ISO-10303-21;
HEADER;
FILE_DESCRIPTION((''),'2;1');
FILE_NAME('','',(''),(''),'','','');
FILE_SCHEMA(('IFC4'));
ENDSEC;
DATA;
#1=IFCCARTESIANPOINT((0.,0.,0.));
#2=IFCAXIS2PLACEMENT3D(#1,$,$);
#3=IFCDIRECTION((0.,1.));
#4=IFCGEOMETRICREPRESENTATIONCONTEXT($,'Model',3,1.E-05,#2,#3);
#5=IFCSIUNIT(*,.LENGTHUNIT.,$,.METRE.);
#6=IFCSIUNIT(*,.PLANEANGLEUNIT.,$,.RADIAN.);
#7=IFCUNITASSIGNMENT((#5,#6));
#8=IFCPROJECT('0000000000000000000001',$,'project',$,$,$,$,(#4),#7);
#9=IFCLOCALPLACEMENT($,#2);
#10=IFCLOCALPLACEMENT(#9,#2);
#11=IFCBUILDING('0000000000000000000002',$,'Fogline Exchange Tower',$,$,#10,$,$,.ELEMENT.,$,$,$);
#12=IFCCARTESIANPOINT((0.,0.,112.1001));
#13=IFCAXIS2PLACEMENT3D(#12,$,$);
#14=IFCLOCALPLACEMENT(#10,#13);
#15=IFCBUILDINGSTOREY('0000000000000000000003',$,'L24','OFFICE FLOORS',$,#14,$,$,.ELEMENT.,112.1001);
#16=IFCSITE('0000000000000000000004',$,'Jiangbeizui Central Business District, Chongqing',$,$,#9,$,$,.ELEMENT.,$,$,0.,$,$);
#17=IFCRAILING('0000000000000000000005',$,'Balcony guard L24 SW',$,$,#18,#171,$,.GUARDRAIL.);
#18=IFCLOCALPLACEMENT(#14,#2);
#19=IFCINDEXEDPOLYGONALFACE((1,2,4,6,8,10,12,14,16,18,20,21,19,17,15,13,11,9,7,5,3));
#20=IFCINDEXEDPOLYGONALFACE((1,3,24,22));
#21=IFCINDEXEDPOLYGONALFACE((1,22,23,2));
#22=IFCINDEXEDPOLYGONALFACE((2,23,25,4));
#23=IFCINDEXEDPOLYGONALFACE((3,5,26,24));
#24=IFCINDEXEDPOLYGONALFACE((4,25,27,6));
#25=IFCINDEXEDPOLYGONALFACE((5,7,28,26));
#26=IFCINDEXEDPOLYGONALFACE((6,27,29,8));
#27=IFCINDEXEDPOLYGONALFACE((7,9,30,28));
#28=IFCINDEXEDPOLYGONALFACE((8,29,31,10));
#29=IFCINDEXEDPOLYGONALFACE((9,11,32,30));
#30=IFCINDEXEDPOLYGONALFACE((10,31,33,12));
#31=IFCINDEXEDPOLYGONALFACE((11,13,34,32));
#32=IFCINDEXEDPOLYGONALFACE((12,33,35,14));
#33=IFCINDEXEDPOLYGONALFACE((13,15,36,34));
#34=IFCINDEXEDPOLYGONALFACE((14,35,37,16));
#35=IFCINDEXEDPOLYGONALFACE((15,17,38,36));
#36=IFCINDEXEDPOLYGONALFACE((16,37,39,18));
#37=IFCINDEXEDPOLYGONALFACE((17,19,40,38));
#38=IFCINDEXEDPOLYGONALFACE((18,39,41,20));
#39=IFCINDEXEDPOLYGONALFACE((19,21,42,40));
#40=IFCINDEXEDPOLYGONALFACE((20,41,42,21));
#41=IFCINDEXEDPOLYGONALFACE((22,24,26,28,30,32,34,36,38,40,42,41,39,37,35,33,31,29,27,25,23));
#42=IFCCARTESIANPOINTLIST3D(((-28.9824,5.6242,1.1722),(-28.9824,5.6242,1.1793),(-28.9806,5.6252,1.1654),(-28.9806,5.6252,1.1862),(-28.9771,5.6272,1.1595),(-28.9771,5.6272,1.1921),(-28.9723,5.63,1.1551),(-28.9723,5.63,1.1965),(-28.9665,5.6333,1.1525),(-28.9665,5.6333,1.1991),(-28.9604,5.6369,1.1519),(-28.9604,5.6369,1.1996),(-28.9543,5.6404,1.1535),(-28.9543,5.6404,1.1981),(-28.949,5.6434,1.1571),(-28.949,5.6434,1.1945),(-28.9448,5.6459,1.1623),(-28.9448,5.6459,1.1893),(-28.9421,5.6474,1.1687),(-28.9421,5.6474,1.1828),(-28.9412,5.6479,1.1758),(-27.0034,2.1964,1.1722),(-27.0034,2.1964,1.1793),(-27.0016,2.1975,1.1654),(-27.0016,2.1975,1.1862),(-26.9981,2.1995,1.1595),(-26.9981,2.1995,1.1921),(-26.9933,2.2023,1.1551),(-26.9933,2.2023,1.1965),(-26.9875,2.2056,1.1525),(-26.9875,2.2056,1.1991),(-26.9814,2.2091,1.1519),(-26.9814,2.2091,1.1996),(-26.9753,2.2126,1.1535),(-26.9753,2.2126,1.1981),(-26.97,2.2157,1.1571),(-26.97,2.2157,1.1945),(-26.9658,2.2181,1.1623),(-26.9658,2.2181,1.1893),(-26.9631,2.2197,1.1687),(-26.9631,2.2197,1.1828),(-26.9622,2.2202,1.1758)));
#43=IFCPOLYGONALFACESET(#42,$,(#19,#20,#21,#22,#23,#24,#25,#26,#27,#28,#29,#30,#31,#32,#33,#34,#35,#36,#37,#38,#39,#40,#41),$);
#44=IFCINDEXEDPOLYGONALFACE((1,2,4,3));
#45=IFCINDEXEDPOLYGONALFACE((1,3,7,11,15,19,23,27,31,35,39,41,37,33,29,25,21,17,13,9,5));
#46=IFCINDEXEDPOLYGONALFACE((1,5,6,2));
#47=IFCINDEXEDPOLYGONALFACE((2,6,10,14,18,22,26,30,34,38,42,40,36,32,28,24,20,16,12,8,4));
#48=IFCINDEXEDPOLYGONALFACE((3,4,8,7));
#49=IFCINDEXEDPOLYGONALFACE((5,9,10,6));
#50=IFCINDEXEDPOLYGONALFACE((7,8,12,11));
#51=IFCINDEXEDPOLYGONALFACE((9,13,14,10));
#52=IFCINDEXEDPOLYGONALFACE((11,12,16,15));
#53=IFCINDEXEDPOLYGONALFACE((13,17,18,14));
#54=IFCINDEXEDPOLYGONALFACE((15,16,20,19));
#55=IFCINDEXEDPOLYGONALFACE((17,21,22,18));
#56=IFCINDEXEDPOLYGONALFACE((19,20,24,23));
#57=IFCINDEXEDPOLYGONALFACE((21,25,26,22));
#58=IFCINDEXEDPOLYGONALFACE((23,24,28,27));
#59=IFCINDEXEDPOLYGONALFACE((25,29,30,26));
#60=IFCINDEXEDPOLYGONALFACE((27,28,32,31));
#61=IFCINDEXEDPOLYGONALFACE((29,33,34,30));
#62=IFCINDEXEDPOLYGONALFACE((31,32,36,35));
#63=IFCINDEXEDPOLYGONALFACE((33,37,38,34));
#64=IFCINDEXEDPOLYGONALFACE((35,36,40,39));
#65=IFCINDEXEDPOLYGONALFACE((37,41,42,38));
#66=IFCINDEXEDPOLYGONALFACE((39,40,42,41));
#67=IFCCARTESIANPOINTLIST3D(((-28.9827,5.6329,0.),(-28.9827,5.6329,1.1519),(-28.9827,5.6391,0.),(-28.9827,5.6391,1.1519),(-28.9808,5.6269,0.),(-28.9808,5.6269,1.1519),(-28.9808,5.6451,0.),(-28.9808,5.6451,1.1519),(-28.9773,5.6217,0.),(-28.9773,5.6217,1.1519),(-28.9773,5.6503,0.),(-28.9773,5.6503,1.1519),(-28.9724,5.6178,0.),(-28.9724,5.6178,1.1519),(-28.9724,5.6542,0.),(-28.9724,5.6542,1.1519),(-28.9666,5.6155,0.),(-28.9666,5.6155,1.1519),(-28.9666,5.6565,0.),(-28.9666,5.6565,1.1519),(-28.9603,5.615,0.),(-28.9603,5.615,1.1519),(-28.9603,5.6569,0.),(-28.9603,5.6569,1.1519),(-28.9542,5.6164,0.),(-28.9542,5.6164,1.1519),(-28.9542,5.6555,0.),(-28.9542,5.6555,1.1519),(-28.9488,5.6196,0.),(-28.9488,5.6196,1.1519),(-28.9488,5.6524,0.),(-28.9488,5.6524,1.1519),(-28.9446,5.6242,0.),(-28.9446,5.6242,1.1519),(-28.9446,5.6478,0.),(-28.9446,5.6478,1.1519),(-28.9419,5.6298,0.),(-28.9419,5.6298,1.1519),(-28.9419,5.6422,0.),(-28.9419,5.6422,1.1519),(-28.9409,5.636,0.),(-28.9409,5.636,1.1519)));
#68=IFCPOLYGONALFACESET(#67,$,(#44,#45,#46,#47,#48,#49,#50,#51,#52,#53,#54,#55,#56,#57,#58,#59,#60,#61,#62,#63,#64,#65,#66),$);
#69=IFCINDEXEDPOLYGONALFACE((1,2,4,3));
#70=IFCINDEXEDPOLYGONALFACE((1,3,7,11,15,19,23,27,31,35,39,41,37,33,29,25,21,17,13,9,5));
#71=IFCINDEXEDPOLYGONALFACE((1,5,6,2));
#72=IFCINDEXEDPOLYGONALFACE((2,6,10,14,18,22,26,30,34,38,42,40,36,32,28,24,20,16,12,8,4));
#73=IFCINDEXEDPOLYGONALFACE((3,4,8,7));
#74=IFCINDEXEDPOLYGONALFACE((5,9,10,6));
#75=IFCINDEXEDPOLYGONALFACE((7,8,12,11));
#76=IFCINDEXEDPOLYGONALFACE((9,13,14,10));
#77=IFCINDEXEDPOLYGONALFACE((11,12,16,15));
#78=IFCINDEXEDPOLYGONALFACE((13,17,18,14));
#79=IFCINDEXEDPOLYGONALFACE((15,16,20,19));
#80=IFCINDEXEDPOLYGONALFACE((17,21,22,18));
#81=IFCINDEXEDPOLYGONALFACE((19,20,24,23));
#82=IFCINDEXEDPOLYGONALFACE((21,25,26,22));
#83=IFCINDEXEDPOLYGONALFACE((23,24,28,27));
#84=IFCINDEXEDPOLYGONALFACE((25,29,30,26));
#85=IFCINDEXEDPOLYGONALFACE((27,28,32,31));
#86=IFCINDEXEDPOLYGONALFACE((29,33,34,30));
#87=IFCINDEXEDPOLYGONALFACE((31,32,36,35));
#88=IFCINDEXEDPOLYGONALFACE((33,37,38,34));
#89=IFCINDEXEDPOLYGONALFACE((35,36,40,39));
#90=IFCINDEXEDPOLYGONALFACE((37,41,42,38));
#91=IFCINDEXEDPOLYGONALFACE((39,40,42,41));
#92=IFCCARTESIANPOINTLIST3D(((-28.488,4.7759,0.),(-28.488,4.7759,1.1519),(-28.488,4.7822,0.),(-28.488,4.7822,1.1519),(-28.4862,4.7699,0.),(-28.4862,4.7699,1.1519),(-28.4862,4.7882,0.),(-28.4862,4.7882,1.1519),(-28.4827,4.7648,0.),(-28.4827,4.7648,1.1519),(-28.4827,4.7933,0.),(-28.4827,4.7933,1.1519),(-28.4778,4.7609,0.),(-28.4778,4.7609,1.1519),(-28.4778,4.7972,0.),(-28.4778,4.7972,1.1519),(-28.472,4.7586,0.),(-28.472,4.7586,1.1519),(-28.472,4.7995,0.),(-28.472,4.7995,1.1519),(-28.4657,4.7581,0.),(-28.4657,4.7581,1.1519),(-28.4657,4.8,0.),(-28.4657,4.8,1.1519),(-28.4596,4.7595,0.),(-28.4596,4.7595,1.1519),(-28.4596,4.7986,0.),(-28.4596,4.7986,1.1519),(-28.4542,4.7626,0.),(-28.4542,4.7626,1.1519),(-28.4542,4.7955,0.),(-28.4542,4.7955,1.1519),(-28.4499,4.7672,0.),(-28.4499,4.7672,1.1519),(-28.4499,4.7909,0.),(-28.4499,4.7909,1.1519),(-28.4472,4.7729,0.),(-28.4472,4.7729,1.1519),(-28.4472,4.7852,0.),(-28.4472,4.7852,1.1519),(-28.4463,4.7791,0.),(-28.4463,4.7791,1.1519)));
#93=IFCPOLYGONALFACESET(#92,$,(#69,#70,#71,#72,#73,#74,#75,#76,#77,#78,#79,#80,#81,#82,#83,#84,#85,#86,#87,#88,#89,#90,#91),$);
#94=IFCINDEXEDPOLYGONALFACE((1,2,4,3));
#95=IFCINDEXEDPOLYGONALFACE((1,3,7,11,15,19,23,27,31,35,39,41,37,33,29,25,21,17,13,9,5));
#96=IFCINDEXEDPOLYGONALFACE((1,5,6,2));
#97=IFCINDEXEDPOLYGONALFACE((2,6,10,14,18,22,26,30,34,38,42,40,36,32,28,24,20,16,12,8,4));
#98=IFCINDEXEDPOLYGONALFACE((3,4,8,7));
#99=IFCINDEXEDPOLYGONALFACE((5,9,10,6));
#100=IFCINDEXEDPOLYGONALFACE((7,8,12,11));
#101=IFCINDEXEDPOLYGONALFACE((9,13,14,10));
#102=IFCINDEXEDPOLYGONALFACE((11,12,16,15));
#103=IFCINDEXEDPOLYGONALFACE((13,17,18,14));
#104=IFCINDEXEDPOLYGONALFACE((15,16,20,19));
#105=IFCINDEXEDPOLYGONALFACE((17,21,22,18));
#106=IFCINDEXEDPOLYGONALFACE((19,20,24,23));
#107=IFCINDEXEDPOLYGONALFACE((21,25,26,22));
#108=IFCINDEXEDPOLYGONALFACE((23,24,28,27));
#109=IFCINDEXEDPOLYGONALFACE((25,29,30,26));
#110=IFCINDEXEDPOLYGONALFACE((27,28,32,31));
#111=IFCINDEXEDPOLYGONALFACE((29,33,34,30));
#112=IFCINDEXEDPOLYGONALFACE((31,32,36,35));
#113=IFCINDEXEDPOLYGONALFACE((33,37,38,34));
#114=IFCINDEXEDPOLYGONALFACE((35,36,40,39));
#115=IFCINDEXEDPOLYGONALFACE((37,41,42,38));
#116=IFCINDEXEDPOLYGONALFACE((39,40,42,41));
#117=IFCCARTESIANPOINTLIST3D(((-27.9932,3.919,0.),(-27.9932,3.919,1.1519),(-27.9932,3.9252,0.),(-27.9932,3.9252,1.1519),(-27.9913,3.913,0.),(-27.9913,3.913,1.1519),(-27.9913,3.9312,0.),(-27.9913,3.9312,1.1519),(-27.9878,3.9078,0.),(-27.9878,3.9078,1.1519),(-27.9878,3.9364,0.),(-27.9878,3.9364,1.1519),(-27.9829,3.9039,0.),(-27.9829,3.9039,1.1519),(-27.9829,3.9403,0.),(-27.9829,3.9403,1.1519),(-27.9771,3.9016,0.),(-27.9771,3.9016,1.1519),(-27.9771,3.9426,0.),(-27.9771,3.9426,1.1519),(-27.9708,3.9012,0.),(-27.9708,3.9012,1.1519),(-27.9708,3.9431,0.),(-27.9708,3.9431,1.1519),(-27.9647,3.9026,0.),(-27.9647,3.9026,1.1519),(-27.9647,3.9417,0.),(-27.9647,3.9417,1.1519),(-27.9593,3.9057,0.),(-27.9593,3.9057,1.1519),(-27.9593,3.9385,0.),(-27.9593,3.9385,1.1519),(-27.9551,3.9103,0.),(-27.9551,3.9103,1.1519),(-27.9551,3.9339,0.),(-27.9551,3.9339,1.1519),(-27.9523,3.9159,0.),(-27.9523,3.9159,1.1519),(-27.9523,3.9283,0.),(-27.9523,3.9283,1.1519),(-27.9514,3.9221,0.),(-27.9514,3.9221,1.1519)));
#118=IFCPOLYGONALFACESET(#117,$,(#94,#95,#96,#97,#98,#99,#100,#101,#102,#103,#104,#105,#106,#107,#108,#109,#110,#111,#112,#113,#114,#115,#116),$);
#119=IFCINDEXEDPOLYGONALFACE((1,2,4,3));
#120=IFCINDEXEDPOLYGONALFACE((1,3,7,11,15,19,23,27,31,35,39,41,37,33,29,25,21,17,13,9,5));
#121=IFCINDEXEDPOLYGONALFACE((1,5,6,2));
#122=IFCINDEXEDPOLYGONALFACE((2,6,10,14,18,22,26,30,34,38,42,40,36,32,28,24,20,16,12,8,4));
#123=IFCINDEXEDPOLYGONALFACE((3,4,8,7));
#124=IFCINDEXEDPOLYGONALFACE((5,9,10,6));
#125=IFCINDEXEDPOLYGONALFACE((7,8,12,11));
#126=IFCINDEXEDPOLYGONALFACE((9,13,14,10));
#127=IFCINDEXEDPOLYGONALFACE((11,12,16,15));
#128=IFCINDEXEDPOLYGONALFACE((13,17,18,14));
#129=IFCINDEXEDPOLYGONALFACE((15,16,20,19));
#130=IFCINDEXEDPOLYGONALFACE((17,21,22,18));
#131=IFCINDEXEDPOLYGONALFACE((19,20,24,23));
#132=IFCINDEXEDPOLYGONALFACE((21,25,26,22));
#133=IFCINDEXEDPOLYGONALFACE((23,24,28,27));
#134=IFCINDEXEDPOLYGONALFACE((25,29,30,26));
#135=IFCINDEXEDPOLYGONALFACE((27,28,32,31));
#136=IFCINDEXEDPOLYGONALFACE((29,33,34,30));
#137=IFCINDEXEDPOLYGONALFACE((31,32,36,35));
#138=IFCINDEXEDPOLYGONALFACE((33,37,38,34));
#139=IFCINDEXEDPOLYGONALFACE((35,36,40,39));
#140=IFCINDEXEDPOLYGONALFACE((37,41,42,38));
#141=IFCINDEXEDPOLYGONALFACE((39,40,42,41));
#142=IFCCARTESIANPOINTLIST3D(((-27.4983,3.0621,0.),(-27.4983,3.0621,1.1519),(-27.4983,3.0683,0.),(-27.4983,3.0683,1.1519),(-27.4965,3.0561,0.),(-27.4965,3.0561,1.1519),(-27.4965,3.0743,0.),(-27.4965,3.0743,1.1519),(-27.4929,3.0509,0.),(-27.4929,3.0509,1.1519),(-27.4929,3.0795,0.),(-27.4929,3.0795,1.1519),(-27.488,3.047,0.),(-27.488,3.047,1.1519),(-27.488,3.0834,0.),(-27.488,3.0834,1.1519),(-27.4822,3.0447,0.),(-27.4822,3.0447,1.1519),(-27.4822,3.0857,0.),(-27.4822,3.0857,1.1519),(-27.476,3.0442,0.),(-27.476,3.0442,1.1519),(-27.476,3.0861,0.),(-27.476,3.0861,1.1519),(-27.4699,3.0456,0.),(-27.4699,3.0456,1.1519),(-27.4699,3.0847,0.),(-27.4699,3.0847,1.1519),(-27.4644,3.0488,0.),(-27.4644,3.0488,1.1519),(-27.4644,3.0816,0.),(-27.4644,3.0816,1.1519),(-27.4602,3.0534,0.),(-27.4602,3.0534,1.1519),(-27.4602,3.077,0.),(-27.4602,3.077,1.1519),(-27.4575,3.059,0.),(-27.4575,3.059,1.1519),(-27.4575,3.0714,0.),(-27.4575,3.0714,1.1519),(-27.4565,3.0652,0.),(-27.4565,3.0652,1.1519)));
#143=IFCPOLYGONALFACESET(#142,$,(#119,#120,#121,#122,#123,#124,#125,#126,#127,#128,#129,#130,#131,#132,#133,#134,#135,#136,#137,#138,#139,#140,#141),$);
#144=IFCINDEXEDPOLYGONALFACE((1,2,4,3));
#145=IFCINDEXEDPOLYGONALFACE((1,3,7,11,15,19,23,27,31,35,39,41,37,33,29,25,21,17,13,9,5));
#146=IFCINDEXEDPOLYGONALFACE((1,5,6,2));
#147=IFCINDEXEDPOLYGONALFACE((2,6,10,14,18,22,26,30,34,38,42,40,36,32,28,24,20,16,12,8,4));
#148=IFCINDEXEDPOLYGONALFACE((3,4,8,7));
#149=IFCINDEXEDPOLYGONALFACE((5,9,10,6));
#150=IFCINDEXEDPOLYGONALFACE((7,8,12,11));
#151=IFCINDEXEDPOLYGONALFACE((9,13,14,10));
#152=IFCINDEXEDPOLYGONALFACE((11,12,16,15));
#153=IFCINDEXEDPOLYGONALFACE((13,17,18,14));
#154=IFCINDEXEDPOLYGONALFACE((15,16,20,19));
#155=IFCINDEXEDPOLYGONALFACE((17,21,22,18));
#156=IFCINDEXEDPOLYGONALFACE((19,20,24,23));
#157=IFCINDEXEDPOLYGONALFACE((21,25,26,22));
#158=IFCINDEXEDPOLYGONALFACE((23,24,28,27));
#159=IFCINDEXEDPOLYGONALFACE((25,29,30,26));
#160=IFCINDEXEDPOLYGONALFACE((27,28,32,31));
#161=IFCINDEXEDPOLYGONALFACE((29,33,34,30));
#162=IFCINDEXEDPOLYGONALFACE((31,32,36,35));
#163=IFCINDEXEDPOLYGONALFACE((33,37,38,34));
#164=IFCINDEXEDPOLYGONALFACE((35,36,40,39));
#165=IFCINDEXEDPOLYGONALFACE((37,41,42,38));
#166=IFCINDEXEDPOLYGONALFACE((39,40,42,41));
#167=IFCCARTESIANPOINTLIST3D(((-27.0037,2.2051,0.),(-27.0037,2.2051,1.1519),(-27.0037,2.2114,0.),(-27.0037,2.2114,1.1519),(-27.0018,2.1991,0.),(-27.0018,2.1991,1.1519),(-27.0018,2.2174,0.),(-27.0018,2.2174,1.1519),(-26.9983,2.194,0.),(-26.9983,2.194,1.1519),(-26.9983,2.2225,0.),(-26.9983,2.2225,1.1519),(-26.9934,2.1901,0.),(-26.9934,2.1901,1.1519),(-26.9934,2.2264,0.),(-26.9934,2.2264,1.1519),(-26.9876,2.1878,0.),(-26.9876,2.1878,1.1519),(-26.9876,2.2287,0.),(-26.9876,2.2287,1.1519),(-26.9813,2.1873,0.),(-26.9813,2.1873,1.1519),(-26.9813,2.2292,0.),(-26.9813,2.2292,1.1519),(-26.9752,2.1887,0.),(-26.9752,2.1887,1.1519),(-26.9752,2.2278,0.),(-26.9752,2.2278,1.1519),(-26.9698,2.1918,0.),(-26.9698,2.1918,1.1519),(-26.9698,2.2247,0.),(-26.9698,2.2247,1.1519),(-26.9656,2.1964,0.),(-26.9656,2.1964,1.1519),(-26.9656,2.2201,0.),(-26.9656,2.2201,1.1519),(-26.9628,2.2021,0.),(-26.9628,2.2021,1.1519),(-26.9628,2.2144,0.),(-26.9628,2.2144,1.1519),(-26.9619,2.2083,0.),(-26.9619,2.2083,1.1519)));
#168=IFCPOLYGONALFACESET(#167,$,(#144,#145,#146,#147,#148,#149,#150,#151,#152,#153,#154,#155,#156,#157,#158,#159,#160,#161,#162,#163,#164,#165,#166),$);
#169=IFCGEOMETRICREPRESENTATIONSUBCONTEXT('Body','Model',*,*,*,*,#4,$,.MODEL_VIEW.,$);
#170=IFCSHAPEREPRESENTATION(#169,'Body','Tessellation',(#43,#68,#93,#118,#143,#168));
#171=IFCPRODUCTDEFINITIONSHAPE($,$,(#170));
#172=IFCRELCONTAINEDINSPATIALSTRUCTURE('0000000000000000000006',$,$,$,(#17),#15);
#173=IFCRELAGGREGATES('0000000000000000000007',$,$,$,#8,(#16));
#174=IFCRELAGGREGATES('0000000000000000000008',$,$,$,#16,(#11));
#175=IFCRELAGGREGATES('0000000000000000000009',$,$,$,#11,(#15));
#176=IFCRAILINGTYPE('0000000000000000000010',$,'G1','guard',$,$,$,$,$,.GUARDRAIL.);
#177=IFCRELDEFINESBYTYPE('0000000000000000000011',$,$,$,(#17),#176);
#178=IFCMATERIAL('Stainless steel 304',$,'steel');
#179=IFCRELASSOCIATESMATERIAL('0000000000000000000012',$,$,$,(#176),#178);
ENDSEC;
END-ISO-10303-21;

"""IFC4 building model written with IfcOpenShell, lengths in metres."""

from ifc_helpers import new_model, si_unit, direction, frame, origin, origin_2d, place, context, subcontext, project, spatial, circle, extrude, material, type_object, element, save


model = new_model("IFC4")

# Units and contexts
model_context = context("Model", 3, precision=1e-05, world=origin(), true_north=direction((0.0, 1.0)))
body_context = subcontext(model_context, "Body", "Model", "MODEL_VIEW")
ifc_project = project(units=[si_unit("LENGTHUNIT", "METRE"), si_unit("PLANEANGLEUNIT", "RADIAN")], contexts=[model_context])

# Site, building, storey
site_placement = place(None, origin())
site = spatial("IfcSite", under=ifc_project, at=site_placement, Name="Jiangbeizui Central Business District, Chongqing", CompositionType="ELEMENT", RefElevation=0.0)
building_placement = place(site_placement, origin())
building = spatial("IfcBuilding", under=site, at=building_placement, Name="Fogline Exchange Tower", CompositionType="ELEMENT")
storey_placement = place(building_placement, frame((0.0, 0.0, 112.1001)))
storey = spatial("IfcBuildingStorey", under=building, at=storey_placement, Name="L24", Description="OFFICE FLOORS", CompositionType="ELEMENT", Elevation=112.1001)

# Railing
ifc_material_1 = material(Name="Stainless steel 304", Category="steel")
railing_type = type_object("IfcRailingType", Name="G1", Description="guard", PredefinedType="GUARDRAIL", material=ifc_material_1)
railing_placement = place(storey_placement, frame((-28.9619, 5.636, 0.0)))
element("IfcRailing", 1, at=railing_placement, inside=storey, type_object=railing_type, Name="Balcony guard L24 SW", PredefinedType="GUARDRAIL", context=body_context, shape_type="SweptSolid", body=[
    extrude(circle(Radius=0.0239, at=origin_2d()), frame((0.0, 0.0, 1.1758), z_axis=(0.5, -0.866025, 0.0), x_axis=(0.866025, 0.5, 0.0)), (0.0, 0.0, 1.0), 3.958),
    extrude(circle(Radius=0.021, at=origin_2d()), origin(), (0.0, 0.0, 1.0), 1.1519),
    extrude(circle(Radius=0.021, at=origin_2d()), frame((0.4946, -0.8569, 0.0)), (0.0, 0.0, 1.0), 1.1519),
    extrude(circle(Radius=0.021, at=origin_2d()), frame((0.9895, -1.7139, 0.0)), (0.0, 0.0, 1.0), 1.1519),
    extrude(circle(Radius=0.021, at=origin_2d()), frame((1.4844, -2.5708, 0.0)), (0.0, 0.0, 1.0), 1.1519),
    extrude(circle(Radius=0.021, at=origin_2d()), frame((1.979, -3.4277, 0.0)), (0.0, 0.0, 1.0), 1.1519),
])

save(model, "model.ifc")
